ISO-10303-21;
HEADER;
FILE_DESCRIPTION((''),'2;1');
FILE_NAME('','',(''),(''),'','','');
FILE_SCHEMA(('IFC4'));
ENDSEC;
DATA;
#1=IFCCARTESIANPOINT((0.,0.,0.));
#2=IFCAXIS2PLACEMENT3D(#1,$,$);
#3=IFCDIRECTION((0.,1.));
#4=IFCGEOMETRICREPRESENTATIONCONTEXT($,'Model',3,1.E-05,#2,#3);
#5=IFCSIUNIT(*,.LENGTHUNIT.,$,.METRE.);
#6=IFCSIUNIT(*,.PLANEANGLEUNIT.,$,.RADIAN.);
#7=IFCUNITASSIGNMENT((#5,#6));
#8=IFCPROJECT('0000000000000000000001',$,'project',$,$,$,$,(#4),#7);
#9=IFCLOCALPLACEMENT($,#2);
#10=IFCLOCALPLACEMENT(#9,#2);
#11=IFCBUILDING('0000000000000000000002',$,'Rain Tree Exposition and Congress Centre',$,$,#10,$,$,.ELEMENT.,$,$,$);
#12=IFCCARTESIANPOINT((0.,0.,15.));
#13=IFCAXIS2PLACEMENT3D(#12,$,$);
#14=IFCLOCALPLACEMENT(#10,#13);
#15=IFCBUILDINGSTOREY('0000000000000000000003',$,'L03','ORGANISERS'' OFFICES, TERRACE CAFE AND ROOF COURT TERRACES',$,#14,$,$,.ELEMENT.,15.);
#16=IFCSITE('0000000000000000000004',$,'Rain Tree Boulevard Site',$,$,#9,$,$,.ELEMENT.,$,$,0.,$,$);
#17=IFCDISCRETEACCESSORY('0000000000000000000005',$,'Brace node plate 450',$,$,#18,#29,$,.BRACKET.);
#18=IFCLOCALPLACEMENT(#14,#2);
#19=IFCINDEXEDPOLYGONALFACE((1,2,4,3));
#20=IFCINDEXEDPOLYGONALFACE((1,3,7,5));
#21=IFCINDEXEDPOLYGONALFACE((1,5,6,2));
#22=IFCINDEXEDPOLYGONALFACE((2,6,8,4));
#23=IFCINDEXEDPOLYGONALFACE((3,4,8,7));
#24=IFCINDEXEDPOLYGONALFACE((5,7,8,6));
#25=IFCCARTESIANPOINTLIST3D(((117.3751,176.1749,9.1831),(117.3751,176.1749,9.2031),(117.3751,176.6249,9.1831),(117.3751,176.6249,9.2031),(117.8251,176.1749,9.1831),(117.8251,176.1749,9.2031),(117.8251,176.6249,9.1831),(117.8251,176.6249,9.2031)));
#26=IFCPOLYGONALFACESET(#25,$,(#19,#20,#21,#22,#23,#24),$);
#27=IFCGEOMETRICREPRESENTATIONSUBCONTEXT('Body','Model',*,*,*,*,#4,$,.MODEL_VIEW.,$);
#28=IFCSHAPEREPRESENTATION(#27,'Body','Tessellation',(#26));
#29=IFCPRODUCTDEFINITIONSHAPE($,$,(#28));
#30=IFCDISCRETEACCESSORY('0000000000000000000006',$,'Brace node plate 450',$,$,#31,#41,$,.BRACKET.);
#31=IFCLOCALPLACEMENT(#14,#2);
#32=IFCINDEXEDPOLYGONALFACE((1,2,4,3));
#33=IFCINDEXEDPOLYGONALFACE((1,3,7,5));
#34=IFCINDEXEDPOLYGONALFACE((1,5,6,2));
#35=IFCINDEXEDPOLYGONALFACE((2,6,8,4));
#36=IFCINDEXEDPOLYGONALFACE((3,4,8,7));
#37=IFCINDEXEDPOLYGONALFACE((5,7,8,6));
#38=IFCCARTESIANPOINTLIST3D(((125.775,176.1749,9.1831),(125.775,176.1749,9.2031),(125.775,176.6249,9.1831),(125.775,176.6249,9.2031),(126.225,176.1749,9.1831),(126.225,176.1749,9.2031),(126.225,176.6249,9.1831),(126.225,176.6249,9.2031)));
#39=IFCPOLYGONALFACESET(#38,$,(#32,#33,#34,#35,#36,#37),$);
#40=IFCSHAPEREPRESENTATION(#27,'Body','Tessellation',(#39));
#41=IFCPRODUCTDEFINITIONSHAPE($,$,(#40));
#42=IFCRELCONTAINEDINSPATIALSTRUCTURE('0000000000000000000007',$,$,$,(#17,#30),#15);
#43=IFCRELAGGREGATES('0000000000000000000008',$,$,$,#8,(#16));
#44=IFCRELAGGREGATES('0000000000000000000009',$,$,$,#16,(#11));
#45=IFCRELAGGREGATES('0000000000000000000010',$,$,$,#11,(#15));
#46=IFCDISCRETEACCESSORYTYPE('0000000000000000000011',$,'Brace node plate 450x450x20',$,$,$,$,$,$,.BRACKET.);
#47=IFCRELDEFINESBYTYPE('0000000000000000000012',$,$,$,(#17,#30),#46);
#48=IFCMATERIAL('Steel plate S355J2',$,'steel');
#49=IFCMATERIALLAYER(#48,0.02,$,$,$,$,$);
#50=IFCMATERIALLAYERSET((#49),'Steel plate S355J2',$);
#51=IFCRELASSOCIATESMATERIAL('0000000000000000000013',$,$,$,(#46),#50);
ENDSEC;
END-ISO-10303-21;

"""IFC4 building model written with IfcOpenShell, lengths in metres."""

from ifc_helpers import new_model, si_unit, direction, frame, origin, origin_2d, place, context, subcontext, project, spatial, rectangle, extrude, material, layer, layer_set, type_object, element, save


model = new_model("IFC4")

# Units and contexts
model_context = context("Model", 3, precision=1e-05, world=origin(), true_north=direction((0.0, 1.0)))
body_context = subcontext(model_context, "Body", "Model", "MODEL_VIEW")
ifc_project = project(units=[si_unit("LENGTHUNIT", "METRE"), si_unit("PLANEANGLEUNIT", "RADIAN")], contexts=[model_context])

# Site, building, storey
site_placement = place(None, origin())
site = spatial("IfcSite", under=ifc_project, at=site_placement, Name="Rain Tree Boulevard Site", CompositionType="ELEMENT", RefElevation=0.0)
building_placement = place(site_placement, origin())
building = spatial("IfcBuilding", under=site, at=building_placement, Name="Rain Tree Exposition and Congress Centre", CompositionType="ELEMENT")
storey_placement = place(building_placement, frame((0.0, 0.0, 15.0)))
storey = spatial("IfcBuildingStorey", under=building, at=storey_placement, Name="L03", Description="ORGANISERS' OFFICES, TERRACE CAFE AND ROOF COURT TERRACES", CompositionType="ELEMENT", Elevation=15.0)

# Discrete accessories
ifc_material_1 = material(Name="Steel plate S355J2", Category="steel")
ifc_layer_1 = layer(ifc_material_1, 0.02)
ifc_layer_set_1 = layer_set([ifc_layer_1], Name="Steel plate S355J2")
discrete_accessory_type_1 = type_object("IfcDiscreteAccessoryType", Name="Brace node plate 450x450x20", PredefinedType="BRACKET", material=ifc_layer_set_1)
for number, where, z_axis, x_axis, name in (
    (1, (117.6001, 176.3999, 9.1831), (0.0, 0.0, 1.0), (1.0, 0.0, 0.0), "Brace node plate 450"),
    (2, (126.0, 176.3999, 9.1831), (0.0, 0.0, 1.0), (1.0, 0.0, 0.0), "Brace node plate 450"),
):
    element("IfcDiscreteAccessory", number, at=place(storey_placement, frame(where, z_axis=z_axis, x_axis=x_axis)), inside=storey, type_object=discrete_accessory_type_1, Name=name, PredefinedType="BRACKET", context=body_context, shape_type="SweptSolid", body=[
        extrude(rectangle(XDim=0.45, YDim=0.45, at=origin_2d()), origin(), (0.0, 0.0, 1.0), 0.02),
    ])

save(model, "model.ifc")
